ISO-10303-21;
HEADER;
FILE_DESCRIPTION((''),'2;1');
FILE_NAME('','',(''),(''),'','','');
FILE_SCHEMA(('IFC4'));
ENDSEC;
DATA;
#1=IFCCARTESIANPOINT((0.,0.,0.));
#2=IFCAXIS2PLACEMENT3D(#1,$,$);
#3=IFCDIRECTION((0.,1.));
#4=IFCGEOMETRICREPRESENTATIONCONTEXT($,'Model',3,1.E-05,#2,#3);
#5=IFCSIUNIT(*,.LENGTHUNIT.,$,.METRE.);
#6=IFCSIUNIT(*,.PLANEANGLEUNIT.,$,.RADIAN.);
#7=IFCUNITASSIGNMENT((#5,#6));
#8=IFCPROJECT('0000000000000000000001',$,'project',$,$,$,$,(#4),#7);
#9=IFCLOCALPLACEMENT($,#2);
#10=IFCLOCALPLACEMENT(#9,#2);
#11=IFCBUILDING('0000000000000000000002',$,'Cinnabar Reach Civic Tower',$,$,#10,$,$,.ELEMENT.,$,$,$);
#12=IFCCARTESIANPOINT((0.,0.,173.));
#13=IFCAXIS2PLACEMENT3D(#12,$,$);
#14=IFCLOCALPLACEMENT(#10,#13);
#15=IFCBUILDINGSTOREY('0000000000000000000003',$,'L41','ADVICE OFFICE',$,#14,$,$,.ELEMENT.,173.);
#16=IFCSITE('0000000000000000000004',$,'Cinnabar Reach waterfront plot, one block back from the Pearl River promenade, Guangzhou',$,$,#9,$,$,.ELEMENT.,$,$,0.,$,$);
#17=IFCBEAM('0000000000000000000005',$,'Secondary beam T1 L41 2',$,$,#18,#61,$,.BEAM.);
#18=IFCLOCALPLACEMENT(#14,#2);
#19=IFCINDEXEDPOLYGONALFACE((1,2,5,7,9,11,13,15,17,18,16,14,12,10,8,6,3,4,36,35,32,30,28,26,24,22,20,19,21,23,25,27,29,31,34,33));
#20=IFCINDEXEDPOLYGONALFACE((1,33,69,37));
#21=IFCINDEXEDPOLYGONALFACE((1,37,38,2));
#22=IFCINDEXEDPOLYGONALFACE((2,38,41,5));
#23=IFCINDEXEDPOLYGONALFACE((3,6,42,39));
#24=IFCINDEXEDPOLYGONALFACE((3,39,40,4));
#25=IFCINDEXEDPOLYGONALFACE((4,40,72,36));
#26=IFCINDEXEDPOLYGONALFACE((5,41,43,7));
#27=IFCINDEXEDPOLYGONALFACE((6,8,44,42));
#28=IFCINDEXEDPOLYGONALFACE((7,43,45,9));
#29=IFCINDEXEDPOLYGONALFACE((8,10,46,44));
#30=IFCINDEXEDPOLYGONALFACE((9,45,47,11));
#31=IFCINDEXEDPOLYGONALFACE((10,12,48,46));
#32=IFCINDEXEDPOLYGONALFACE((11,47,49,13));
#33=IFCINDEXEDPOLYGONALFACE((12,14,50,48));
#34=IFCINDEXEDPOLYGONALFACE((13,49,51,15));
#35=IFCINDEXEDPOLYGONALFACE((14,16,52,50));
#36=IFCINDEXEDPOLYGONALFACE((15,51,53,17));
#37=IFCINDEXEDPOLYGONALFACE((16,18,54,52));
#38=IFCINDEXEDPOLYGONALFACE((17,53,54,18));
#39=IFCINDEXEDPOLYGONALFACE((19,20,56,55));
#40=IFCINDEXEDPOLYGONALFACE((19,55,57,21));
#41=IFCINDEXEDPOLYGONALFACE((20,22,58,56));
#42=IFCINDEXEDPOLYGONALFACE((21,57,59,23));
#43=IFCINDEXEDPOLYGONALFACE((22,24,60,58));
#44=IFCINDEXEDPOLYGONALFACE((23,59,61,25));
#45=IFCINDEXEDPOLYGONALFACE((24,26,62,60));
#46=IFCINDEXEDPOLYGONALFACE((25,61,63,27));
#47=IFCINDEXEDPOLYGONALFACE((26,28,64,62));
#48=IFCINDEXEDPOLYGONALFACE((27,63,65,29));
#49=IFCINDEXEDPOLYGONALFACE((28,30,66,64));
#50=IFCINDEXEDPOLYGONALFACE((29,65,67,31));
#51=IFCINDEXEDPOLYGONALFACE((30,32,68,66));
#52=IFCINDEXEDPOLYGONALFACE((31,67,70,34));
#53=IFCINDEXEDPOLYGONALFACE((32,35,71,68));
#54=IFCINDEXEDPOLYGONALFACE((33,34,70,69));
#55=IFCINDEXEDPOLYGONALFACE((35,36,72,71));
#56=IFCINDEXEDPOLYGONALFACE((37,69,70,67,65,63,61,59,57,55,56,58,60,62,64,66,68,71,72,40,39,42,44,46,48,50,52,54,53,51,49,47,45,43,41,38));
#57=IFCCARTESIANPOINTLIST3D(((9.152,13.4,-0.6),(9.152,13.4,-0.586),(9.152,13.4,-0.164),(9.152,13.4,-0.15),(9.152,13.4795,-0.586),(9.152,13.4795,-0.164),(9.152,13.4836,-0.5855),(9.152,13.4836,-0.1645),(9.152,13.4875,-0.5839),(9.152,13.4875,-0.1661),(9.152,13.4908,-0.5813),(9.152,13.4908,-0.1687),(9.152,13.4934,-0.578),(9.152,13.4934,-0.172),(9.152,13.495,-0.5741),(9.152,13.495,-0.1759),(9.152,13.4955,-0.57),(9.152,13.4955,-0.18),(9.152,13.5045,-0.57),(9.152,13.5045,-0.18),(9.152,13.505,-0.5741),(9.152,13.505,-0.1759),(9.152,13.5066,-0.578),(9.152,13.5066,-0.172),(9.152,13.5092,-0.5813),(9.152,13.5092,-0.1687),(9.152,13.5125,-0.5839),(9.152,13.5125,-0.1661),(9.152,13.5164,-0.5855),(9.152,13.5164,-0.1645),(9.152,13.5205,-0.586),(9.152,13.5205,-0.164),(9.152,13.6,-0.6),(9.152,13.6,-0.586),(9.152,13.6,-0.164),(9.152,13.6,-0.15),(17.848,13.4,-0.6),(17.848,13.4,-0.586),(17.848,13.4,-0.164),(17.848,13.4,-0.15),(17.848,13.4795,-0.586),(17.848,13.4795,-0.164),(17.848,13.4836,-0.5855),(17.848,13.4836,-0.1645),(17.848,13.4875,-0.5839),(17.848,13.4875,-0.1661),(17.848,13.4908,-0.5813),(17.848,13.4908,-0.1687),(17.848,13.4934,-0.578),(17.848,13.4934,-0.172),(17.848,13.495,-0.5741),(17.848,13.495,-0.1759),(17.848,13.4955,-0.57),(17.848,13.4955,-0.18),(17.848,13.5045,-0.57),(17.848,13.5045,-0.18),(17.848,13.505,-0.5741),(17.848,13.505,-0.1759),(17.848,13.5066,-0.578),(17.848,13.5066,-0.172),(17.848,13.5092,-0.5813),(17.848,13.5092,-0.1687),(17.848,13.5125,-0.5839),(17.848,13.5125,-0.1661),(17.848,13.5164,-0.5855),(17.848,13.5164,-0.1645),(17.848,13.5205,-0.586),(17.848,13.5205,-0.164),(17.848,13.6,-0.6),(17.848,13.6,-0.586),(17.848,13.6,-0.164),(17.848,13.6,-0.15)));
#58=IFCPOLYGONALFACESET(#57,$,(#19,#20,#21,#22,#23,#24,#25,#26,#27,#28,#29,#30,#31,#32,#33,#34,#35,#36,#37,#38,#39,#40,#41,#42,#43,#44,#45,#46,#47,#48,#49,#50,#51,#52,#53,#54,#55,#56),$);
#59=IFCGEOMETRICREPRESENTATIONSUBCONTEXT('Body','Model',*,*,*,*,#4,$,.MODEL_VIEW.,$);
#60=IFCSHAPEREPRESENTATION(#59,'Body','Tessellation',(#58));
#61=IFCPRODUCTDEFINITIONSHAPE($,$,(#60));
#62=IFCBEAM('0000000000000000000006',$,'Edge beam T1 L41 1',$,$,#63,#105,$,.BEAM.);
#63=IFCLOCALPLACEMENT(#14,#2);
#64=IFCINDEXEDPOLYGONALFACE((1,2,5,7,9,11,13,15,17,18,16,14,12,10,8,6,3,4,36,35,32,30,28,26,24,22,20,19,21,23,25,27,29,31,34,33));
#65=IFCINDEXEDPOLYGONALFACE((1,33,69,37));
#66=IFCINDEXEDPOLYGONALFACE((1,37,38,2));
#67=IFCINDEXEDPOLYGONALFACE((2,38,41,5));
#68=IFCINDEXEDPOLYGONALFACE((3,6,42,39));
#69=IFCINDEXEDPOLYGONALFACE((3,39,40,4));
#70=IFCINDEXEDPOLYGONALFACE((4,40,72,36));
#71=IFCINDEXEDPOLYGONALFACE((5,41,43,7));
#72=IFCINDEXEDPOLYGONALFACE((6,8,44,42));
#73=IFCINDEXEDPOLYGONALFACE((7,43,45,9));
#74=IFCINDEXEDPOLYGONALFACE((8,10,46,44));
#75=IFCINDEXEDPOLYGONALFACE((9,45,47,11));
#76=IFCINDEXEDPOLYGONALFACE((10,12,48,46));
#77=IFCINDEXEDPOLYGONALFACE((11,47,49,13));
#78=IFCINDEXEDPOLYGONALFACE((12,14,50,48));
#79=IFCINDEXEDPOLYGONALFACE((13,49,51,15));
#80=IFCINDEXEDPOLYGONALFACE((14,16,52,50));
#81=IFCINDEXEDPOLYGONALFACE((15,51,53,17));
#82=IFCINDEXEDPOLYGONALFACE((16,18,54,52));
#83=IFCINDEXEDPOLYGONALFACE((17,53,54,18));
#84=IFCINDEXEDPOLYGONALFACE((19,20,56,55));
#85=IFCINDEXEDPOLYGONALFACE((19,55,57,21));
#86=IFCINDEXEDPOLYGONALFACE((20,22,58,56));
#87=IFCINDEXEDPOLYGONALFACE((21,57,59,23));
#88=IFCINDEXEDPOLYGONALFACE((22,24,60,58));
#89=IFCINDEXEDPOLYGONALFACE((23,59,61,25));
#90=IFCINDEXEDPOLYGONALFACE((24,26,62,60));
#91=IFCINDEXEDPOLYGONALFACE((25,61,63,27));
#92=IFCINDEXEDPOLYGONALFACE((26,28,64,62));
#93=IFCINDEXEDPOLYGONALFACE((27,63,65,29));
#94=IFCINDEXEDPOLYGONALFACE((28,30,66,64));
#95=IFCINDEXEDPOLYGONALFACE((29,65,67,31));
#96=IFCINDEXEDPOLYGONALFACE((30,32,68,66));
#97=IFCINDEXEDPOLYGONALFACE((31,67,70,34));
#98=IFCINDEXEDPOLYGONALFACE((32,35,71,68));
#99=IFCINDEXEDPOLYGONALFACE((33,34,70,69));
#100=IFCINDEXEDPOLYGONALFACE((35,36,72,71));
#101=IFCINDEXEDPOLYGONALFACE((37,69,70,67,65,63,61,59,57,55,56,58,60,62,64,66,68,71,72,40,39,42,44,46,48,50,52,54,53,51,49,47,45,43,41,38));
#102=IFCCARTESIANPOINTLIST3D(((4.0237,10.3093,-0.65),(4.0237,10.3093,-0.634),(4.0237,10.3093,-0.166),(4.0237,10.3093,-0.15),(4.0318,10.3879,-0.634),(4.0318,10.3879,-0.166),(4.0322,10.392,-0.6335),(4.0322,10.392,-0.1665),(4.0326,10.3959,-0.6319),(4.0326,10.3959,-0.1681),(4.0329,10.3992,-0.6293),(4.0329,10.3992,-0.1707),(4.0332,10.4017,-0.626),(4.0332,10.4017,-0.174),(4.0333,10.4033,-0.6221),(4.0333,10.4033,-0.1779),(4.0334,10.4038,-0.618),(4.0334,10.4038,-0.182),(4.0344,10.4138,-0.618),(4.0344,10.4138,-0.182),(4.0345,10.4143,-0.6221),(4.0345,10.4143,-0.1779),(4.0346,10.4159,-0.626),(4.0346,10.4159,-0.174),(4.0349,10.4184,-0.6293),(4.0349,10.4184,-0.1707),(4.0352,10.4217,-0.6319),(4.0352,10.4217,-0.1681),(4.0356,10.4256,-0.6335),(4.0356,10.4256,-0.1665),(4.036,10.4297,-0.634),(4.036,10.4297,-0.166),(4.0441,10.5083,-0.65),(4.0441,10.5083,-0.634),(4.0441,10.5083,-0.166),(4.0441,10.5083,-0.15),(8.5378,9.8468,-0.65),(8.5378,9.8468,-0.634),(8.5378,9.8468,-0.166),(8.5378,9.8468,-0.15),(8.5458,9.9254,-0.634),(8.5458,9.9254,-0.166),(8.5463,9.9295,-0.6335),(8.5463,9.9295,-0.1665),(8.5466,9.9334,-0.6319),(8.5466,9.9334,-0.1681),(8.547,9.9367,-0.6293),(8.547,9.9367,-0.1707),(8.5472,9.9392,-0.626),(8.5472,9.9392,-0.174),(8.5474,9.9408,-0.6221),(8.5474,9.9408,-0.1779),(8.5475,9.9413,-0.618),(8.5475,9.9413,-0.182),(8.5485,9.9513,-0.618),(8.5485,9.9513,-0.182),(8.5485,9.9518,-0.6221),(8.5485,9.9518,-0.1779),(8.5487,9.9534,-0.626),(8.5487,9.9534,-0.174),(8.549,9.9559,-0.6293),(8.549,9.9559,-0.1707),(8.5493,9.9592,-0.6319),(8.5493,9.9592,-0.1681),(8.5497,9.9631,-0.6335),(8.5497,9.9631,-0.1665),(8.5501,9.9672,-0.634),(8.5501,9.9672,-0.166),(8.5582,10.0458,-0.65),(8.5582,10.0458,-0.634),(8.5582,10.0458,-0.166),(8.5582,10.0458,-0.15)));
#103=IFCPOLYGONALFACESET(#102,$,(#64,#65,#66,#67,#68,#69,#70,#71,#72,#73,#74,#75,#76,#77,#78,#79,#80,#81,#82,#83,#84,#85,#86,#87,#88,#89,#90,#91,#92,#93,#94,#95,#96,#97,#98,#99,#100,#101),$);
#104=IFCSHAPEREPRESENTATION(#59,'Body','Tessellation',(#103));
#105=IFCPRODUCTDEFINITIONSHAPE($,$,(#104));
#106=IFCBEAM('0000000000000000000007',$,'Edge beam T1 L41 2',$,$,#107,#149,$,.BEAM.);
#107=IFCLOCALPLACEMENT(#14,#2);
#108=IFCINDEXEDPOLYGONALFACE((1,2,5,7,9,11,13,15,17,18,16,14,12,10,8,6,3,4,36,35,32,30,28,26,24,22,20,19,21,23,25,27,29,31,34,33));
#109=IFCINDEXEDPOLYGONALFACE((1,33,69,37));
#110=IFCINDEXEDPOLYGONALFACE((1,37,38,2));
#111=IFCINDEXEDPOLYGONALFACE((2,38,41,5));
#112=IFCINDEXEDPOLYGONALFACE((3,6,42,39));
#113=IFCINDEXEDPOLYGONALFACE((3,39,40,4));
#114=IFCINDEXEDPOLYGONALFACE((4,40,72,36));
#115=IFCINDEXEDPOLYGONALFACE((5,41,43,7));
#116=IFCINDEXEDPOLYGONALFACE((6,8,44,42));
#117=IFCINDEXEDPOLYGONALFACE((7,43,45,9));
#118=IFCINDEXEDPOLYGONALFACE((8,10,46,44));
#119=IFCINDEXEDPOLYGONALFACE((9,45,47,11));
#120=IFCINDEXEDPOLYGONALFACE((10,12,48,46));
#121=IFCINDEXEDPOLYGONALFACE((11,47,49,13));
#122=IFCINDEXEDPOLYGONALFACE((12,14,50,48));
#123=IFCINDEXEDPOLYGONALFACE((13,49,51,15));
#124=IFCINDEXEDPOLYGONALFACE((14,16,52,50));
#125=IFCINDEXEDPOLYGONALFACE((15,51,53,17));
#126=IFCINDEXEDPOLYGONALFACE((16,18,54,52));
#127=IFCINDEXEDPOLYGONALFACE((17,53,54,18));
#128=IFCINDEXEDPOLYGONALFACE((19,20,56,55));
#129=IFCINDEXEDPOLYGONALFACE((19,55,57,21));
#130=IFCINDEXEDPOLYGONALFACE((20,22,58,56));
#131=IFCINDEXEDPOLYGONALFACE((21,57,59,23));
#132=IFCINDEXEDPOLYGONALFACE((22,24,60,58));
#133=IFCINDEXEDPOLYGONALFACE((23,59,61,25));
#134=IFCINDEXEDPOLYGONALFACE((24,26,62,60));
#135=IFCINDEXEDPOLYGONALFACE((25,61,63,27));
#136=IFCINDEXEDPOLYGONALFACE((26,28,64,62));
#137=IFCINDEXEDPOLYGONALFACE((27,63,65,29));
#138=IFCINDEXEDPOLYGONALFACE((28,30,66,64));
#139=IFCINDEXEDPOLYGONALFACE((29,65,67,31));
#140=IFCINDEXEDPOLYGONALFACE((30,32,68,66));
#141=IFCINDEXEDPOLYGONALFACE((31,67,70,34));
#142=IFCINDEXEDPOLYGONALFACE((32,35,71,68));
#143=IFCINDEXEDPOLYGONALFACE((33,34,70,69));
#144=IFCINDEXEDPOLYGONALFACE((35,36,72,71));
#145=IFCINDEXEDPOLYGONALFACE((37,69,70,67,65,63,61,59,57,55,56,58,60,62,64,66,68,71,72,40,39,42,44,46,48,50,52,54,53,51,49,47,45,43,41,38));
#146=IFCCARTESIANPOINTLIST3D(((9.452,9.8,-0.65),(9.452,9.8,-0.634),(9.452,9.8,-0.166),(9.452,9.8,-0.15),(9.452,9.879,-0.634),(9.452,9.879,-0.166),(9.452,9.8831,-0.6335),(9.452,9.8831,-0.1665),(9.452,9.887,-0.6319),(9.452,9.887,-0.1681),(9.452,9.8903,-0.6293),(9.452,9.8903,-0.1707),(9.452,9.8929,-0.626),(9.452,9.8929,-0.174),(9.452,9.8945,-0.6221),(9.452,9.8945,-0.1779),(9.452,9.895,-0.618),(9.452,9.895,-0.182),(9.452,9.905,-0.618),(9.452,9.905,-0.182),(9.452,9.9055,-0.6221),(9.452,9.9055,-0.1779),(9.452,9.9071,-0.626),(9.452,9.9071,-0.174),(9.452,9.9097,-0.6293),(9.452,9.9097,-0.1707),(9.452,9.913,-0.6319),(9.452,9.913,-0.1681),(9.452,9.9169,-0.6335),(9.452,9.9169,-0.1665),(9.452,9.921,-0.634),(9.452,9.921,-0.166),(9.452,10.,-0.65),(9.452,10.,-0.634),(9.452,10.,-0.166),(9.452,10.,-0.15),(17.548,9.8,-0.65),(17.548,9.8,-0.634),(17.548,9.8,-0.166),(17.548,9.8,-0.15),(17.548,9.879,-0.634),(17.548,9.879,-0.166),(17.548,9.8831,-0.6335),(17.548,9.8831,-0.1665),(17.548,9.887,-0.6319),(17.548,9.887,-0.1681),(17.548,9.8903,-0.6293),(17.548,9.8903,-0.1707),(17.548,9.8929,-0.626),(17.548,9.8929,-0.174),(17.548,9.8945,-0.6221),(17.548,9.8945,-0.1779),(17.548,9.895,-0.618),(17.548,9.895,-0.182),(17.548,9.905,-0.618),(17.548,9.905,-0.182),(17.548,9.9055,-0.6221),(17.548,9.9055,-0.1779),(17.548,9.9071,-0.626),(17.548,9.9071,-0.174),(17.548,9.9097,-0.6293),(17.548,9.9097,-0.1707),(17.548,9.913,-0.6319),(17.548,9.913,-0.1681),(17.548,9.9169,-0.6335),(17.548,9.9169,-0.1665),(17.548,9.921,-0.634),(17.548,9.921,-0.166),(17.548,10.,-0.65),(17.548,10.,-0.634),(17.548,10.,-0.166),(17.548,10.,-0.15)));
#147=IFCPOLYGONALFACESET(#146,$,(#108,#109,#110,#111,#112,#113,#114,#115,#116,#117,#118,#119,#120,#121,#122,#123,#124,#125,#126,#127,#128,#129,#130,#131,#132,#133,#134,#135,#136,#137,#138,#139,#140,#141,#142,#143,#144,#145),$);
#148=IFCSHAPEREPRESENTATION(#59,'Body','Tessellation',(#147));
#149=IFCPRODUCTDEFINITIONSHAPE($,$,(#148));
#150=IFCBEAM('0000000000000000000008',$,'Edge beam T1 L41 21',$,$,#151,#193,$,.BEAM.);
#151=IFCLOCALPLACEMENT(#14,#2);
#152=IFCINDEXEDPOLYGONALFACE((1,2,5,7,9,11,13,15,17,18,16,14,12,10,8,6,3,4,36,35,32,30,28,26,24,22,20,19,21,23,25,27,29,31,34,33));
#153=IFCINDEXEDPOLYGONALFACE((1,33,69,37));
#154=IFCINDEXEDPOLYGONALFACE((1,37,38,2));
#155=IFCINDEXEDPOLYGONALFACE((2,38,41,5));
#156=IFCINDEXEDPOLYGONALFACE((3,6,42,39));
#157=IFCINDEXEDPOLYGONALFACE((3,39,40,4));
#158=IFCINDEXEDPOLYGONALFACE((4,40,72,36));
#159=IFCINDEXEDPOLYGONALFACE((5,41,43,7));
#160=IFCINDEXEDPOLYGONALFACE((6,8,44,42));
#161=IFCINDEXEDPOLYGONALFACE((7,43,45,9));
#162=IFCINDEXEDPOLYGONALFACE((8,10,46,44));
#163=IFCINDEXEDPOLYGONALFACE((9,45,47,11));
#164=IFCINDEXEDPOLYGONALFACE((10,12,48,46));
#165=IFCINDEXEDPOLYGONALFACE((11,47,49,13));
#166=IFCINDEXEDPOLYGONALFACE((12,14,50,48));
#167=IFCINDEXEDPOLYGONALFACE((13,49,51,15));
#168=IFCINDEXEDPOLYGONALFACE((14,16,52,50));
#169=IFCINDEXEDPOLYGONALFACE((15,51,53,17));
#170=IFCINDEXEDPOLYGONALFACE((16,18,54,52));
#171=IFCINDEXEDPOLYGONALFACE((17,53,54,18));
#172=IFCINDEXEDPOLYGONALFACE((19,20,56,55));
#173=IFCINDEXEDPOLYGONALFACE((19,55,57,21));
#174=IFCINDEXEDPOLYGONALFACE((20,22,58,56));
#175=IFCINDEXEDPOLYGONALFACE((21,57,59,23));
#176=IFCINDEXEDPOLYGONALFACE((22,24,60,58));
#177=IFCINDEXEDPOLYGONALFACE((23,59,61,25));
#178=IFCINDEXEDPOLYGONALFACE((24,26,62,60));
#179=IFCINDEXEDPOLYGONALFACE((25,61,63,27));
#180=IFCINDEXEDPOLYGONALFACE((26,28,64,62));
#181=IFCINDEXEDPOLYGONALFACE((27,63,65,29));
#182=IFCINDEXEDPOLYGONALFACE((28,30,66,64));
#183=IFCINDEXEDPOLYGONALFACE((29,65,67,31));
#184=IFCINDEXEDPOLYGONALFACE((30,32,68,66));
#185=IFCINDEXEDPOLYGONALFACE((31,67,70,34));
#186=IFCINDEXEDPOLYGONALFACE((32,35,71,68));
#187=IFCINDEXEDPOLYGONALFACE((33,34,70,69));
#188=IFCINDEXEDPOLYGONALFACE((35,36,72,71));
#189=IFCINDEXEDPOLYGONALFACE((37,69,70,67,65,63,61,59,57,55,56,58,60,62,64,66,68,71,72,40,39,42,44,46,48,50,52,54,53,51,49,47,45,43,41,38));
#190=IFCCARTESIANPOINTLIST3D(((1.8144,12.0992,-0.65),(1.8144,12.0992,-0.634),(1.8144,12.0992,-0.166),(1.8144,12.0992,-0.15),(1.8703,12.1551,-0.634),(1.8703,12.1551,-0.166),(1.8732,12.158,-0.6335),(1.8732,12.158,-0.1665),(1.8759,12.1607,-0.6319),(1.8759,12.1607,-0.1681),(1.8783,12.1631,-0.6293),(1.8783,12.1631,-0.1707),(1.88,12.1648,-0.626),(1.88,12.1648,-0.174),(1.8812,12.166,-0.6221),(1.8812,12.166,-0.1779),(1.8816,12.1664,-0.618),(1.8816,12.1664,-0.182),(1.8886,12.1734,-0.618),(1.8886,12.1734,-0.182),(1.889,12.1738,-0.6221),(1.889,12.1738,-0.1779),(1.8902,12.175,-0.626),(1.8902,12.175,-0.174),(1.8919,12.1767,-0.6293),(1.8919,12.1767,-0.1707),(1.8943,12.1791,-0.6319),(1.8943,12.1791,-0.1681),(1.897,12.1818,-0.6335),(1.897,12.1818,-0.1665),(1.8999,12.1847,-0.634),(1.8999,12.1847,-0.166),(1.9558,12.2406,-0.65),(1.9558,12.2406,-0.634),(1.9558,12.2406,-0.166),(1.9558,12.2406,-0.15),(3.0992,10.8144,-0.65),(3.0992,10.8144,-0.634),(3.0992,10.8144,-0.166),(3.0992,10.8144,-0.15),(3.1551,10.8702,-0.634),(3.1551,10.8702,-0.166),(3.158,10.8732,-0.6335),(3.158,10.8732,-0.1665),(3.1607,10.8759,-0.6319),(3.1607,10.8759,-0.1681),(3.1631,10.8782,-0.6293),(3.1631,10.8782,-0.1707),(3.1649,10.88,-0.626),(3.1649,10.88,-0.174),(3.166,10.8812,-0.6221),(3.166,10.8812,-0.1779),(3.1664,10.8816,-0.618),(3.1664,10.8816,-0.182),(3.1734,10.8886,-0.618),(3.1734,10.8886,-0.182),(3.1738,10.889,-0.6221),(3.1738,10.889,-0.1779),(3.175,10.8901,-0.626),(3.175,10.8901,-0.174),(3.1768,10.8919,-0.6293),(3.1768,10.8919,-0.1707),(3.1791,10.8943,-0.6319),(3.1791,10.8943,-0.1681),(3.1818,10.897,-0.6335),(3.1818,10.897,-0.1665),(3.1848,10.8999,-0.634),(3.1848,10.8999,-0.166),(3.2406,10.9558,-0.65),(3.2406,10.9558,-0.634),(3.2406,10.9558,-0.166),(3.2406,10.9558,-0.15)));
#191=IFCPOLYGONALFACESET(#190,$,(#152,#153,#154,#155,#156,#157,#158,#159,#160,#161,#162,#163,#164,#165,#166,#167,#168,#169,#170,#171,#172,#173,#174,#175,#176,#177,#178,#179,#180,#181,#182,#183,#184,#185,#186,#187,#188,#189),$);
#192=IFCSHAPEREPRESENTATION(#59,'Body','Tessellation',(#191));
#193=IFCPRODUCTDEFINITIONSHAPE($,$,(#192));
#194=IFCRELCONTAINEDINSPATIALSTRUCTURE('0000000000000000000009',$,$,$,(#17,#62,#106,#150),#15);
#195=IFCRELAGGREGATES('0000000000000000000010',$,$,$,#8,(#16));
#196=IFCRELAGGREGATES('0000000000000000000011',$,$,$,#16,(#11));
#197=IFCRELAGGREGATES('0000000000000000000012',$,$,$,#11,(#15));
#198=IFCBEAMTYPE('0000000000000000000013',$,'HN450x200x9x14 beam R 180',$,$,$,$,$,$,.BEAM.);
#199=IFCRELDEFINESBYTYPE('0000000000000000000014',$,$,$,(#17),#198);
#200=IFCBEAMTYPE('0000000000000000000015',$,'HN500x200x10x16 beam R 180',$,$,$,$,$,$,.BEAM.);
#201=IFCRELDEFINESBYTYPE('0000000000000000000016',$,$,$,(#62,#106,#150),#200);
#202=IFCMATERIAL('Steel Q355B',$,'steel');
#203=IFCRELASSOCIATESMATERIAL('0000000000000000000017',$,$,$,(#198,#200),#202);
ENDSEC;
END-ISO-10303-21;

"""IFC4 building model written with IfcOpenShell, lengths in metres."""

from ifc_helpers import new_model, si_unit, direction, frame, origin, origin_2d, place, context, subcontext, project, spatial, i_section, extrude, material, material_profile, profile_set, type_object, element, save


model = new_model("IFC4")

# Units and contexts
model_context = context("Model", 3, precision=1e-05, world=origin(), true_north=direction((0.0, 1.0)))
body_context = subcontext(model_context, "Body", "Model", "MODEL_VIEW")
ifc_project = project(units=[si_unit("LENGTHUNIT", "METRE"), si_unit("PLANEANGLEUNIT", "RADIAN")], contexts=[model_context])

# Site, building, storey
site_placement = place(None, origin())
site = spatial("IfcSite", under=ifc_project, at=site_placement, Name="Cinnabar Reach waterfront plot, one block back from the Pearl River promenade, Guangzhou", CompositionType="ELEMENT", RefElevation=0.0)
building_placement = place(site_placement, origin())
building = spatial("IfcBuilding", under=site, at=building_placement, Name="Cinnabar Reach Civic Tower", CompositionType="ELEMENT")
storey_placement = place(building_placement, frame((0.0, 0.0, 173.0)))
storey = spatial("IfcBuildingStorey", under=building, at=storey_placement, Name="L41", Description="ADVICE OFFICE", CompositionType="ELEMENT", Elevation=173.0)

# Beams
ifc_material_1 = material(Name="Steel Q355B", Category="steel")
ifc_material_profile_1 = material_profile(ifc_material_1, i_section(OverallWidth=0.2, OverallDepth=0.45, WebThickness=0.009, FlangeThickness=0.014, FilletRadius=0.016, at=origin_2d()), Name="HN450x200x9x14")
ifc_profile_set_1 = profile_set([ifc_material_profile_1], Name="Steel Q355B")
beam_type_1 = type_object("IfcBeamType", Name="HN450x200x9x14 beam R 180", PredefinedType="BEAM", material=ifc_profile_set_1)
beam_1_placement = place(storey_placement, frame((9.152, 13.5, -0.375), z_axis=(1.0, 0.0, 0.0), x_axis=(0.0, 1.0, 0.0)))
element("IfcBeam", 1, at=beam_1_placement, inside=storey, type_object=beam_type_1, Name="Secondary beam T1 L41 2", PredefinedType="BEAM", context=body_context, shape_type="SweptSolid", body=[
    extrude(i_section(OverallWidth=0.2, OverallDepth=0.45, WebThickness=0.009, FlangeThickness=0.014, FilletRadius=0.016, at=origin_2d()), origin(), (0.0, 0.0, 1.0), 8.696),
])
ifc_material_profile_2 = material_profile(ifc_material_1, i_section(OverallWidth=0.2, OverallDepth=0.5, WebThickness=0.01, FlangeThickness=0.016, FilletRadius=0.016, at=origin_2d()), Name="HN500x200x10x16")
ifc_profile_set_2 = profile_set([ifc_material_profile_2], Name="Steel Q355B")
beam_type_2 = type_object("IfcBeamType", Name="HN500x200x10x16 beam R 180", PredefinedType="BEAM", material=ifc_profile_set_2)
beam_2_placement = place(storey_placement, frame((4.0339, 10.4088, -0.4), z_axis=(0.994792, -0.101923, 0.0), x_axis=(0.101923, 0.994792, 0.0)))
element("IfcBeam", 2, at=beam_2_placement, inside=storey, type_object=beam_type_2, Name="Edge beam T1 L41 1", PredefinedType="BEAM", context=body_context, shape_type="SweptSolid", body=[
    extrude(i_section(OverallWidth=0.2, OverallDepth=0.5, WebThickness=0.01, FlangeThickness=0.016, FilletRadius=0.016, at=origin_2d()), origin(), (0.0, 0.0, 1.0), 4.5377),
])
beam_3_placement = place(storey_placement, frame((9.452, 9.9, -0.4), z_axis=(1.0, 0.0, 0.0), x_axis=(0.0, 1.0, 0.0)))
element("IfcBeam", 3, at=beam_3_placement, inside=storey, type_object=beam_type_2, Name="Edge beam T1 L41 2", PredefinedType="BEAM", context=body_context, shape_type="SweptSolid", body=[
    extrude(i_section(OverallWidth=0.2, OverallDepth=0.5, WebThickness=0.01, FlangeThickness=0.016, FilletRadius=0.016, at=origin_2d()), origin(), (0.0, 0.0, 1.0), 8.096),
])
beam_4_placement = place(storey_placement, frame((1.8851, 12.1699, -0.4), z_axis=(0.707107, -0.707107, 0.0), x_axis=(0.707107, 0.707107, 0.0)))
element("IfcBeam", 4, at=beam_4_placement, inside=storey, type_object=beam_type_2, Name="Edge beam T1 L41 21", PredefinedType="BEAM", context=body_context, shape_type="SweptSolid", body=[
    extrude(i_section(OverallWidth=0.2, OverallDepth=0.5, WebThickness=0.01, FlangeThickness=0.016, FilletRadius=0.016, at=origin_2d()), origin(), (0.0, 0.0, 1.0), 1.817),
])

save(model, "model.ifc")
